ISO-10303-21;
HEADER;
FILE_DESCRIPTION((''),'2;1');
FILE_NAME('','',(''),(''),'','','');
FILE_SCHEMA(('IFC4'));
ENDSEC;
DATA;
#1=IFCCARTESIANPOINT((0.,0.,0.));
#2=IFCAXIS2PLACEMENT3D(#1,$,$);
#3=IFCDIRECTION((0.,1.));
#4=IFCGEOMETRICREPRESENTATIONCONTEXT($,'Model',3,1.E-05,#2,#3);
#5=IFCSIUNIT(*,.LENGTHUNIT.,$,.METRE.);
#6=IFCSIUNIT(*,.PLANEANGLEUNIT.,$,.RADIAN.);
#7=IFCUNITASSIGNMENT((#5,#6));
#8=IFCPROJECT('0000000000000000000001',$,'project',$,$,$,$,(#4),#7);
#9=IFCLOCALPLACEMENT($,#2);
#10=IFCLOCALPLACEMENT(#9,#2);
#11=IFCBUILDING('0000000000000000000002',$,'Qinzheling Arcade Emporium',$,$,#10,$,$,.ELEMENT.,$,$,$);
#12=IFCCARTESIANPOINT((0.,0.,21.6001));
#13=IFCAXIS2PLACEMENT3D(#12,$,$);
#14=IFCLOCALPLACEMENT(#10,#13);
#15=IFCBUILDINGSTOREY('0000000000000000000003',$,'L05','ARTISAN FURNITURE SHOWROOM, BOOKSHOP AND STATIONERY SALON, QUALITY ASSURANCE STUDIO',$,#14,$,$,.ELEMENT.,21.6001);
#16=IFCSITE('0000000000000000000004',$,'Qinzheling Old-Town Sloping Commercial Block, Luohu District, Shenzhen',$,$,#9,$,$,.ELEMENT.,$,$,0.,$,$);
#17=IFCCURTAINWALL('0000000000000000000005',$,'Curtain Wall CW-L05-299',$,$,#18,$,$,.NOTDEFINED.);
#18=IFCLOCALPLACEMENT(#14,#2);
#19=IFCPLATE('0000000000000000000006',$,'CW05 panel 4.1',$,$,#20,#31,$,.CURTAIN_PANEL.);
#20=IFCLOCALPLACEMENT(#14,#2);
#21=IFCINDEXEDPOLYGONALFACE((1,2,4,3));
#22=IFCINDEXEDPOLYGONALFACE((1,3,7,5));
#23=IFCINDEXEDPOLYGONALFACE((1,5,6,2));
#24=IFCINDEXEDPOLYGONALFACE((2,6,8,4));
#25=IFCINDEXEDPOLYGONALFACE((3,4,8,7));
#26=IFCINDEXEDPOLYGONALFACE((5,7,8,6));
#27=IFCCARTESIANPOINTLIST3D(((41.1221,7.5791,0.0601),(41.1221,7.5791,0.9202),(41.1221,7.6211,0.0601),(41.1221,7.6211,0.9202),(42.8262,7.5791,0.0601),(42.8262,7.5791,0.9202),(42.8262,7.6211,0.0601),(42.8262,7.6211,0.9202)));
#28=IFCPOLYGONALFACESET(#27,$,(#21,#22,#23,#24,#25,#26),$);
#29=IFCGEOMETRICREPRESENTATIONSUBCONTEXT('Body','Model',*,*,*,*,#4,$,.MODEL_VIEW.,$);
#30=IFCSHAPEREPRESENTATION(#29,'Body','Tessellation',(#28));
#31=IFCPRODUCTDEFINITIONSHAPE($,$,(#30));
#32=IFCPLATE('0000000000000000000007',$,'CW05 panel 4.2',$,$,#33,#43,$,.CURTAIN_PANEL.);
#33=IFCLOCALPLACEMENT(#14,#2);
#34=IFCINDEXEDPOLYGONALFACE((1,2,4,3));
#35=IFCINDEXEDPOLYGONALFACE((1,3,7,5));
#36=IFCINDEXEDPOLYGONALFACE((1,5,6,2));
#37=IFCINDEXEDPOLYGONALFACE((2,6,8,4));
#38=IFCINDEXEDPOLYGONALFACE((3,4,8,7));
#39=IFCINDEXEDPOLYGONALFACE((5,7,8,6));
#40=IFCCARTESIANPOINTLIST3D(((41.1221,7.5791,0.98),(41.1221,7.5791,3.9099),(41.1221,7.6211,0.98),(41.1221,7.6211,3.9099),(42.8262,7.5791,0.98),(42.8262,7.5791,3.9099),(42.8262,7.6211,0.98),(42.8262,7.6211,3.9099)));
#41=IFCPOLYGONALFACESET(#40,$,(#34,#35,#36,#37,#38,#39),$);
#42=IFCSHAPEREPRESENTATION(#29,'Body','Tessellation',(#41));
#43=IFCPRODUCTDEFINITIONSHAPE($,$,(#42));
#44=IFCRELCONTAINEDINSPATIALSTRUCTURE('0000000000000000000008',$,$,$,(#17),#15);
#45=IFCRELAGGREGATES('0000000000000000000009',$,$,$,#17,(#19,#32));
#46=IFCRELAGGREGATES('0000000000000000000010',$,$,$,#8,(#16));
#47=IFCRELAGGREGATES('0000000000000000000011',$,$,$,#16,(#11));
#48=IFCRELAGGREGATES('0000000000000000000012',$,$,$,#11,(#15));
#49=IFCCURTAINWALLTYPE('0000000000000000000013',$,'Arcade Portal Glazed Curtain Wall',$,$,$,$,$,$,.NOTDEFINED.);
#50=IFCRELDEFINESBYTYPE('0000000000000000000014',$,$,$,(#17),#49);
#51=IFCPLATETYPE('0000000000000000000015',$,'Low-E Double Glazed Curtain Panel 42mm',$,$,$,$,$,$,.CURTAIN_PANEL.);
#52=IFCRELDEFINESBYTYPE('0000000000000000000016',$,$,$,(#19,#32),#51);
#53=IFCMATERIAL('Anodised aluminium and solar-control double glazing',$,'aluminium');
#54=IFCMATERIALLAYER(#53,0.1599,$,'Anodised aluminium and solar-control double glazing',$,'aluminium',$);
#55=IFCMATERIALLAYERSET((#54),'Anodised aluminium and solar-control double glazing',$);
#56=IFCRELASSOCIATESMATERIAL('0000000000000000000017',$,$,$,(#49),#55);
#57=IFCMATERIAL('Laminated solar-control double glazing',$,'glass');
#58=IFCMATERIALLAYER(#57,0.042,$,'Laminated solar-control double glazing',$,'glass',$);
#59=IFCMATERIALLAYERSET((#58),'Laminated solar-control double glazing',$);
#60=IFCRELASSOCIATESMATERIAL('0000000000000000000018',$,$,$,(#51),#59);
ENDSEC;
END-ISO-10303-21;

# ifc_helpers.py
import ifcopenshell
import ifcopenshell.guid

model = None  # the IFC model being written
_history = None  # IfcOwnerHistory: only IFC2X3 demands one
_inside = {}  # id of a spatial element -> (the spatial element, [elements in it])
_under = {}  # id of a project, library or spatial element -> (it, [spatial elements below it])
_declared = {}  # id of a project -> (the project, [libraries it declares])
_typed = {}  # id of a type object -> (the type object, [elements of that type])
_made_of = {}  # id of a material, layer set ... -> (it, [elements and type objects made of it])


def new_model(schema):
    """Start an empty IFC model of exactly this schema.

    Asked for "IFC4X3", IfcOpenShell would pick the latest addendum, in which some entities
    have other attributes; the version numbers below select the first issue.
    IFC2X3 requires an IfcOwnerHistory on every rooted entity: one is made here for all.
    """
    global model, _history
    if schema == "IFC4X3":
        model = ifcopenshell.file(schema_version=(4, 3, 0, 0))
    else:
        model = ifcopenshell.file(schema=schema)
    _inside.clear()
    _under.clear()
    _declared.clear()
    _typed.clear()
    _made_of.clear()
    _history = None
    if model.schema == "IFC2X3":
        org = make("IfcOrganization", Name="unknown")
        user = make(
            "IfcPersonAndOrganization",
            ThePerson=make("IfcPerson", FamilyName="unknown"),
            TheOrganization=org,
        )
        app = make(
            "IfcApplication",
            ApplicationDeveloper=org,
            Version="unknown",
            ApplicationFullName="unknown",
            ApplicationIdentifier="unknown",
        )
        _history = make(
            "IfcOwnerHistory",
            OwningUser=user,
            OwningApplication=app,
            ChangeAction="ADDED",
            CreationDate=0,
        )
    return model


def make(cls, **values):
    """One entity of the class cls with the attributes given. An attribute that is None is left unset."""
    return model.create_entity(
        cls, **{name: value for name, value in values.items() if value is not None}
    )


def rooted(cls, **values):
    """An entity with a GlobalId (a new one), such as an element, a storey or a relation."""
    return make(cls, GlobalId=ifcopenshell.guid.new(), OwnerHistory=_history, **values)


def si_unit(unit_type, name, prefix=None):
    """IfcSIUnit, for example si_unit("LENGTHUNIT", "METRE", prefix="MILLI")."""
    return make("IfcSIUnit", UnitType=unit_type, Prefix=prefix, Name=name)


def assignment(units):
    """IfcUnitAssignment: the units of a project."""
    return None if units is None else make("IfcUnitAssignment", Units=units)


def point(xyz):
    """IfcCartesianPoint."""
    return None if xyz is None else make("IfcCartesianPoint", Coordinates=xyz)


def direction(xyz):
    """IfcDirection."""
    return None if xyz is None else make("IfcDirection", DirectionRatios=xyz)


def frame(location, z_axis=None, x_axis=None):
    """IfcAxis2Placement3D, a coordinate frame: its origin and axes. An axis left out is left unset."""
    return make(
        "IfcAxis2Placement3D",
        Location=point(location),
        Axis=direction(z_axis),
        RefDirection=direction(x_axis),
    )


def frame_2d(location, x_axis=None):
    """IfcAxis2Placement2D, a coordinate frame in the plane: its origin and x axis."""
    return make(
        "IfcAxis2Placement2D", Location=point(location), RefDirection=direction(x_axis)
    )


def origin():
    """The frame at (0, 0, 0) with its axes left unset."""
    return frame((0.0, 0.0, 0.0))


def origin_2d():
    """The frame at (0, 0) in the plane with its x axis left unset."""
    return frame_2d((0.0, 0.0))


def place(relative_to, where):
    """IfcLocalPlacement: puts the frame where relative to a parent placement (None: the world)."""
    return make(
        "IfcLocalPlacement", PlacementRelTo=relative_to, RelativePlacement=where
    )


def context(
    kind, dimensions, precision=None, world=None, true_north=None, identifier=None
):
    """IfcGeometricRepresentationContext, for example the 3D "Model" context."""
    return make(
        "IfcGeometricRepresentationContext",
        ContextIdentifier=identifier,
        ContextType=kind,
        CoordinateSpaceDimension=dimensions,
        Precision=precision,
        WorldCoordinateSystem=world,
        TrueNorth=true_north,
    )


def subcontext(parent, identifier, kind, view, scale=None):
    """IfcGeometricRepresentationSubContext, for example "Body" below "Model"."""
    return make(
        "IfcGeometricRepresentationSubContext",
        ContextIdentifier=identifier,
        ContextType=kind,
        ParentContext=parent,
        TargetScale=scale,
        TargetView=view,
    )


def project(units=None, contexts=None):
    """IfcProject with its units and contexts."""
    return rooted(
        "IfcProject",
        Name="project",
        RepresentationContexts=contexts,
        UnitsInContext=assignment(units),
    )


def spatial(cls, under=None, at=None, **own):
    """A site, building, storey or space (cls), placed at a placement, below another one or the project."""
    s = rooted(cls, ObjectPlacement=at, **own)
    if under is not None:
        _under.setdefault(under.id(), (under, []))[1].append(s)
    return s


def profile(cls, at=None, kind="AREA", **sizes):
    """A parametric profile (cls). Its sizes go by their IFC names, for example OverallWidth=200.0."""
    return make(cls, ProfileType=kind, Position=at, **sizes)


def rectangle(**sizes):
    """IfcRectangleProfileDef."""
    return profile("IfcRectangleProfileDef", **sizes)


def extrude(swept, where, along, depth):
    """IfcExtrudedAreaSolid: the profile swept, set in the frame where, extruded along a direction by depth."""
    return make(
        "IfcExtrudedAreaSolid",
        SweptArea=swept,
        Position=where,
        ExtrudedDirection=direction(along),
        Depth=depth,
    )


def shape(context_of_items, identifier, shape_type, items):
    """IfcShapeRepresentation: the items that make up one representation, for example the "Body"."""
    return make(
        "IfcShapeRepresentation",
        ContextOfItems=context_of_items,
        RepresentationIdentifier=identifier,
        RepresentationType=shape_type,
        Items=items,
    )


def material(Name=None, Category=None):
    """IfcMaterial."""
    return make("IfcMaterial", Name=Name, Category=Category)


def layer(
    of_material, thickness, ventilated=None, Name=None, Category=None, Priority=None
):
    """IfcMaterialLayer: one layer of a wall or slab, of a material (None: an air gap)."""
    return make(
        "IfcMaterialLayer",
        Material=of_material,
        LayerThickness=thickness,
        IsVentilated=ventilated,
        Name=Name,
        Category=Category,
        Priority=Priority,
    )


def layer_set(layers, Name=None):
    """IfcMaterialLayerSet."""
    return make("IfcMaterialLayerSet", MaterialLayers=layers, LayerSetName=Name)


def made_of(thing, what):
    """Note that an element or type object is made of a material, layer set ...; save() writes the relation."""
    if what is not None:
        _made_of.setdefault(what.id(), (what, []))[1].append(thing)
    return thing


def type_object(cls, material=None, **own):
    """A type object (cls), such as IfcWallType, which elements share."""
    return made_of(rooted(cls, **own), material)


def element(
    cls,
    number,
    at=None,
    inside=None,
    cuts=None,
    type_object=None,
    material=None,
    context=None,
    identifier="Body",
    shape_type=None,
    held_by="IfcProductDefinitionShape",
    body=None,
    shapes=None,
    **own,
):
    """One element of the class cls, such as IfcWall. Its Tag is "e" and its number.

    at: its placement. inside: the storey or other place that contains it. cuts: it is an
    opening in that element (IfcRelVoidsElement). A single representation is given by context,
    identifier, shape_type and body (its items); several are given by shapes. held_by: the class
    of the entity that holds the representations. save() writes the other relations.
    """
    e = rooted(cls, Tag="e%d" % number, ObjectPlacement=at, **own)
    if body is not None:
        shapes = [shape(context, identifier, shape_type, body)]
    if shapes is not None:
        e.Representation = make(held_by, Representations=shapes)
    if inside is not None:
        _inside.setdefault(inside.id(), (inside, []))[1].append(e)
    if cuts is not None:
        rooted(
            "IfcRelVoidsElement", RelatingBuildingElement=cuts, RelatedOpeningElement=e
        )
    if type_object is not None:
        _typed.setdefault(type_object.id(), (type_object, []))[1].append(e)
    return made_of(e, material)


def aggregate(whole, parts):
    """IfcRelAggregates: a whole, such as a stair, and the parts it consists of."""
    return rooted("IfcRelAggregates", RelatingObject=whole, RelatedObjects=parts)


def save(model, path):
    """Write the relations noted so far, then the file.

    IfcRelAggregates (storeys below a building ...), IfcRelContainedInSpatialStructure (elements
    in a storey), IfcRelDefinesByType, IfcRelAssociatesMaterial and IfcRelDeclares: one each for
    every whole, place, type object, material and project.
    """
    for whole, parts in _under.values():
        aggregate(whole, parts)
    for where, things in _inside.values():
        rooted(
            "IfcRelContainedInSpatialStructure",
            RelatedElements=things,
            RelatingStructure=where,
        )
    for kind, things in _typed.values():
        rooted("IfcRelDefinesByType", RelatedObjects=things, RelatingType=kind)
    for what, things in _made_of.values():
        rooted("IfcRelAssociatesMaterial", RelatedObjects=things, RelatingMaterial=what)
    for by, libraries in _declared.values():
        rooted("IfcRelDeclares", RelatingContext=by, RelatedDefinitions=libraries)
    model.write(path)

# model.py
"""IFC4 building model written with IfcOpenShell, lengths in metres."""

from ifc_helpers import new_model, si_unit, direction, frame, origin, origin_2d, place, context, subcontext, project, spatial, rectangle, extrude, material, layer, layer_set, type_object, element, aggregate, save


model = new_model("IFC4")

# Units and contexts
model_context = context("Model", 3, precision=1e-05, world=origin(), true_north=direction((0.0, 1.0)))
body_context = subcontext(model_context, "Body", "Model", "MODEL_VIEW")
ifc_project = project(units=[si_unit("LENGTHUNIT", "METRE"), si_unit("PLANEANGLEUNIT", "RADIAN")], contexts=[model_context])

# Site, building, storey
site_placement = place(None, origin())
site = spatial("IfcSite", under=ifc_project, at=site_placement, Name="Qinzheling Old-Town Sloping Commercial Block, Luohu District, Shenzhen", CompositionType="ELEMENT", RefElevation=0.0)
building_placement = place(site_placement, origin())
building = spatial("IfcBuilding", under=site, at=building_placement, Name="Qinzheling Arcade Emporium", CompositionType="ELEMENT")
storey_placement = place(building_placement, frame((0.0, 0.0, 21.6001)))
storey = spatial("IfcBuildingStorey", under=building, at=storey_placement, Name="L05", Description="ARTISAN FURNITURE SHOWROOM, BOOKSHOP AND STATIONERY SALON, QUALITY ASSURANCE STUDIO", CompositionType="ELEMENT", Elevation=21.6001)

# Curtain wall
ifc_material_1 = material(Name="Anodised aluminium and solar-control double glazing", Category="aluminium")
ifc_layer_1 = layer(ifc_material_1, 0.1599, Name="Anodised aluminium and solar-control double glazing", Category="aluminium")
ifc_layer_set_1 = layer_set([ifc_layer_1], Name="Anodised aluminium and solar-control double glazing")
curtain_wall_type = type_object("IfcCurtainWallType", Name="Arcade Portal Glazed Curtain Wall", PredefinedType="NOTDEFINED", material=ifc_layer_set_1)
curtain_wall_1_placement = place(storey_placement, origin())
curtain_wall_1 = element("IfcCurtainWall", 1, at=curtain_wall_1_placement, inside=storey, type_object=curtain_wall_type, Name="Curtain Wall CW-L05-299", PredefinedType="NOTDEFINED")

# Shared definitions
ifc_material_2 = material(Name="Laminated solar-control double glazing", Category="glass")

# Plates
ifc_layer_2 = layer(ifc_material_2, 0.042, Name="Laminated solar-control double glazing", Category="glass")
ifc_layer_set_2 = layer_set([ifc_layer_2], Name="Laminated solar-control double glazing")
plate_type_1 = type_object("IfcPlateType", Name="Low-E Double Glazed Curtain Panel 42mm", PredefinedType="CURTAIN_PANEL", material=ifc_layer_set_2)
plate_1_placement = place(storey_placement, frame((41.9741, 7.6001, 0.0601), z_axis=(0.0, 0.0, 1.0), x_axis=(-1.0, 0.0, 0.0)))
plate_1 = element("IfcPlate", 2, at=plate_1_placement, type_object=plate_type_1, Name="CW05 panel 4.1", PredefinedType="CURTAIN_PANEL", context=body_context, shape_type="SweptSolid", body=[
    extrude(rectangle(XDim=1.7041, YDim=0.042, at=origin_2d()), origin(), (0.0, 0.0, 1.0), 0.8601),
])
plate_2_placement = place(storey_placement, frame((41.9741, 7.6001, 0.98), z_axis=(0.0, 0.0, 1.0), x_axis=(-1.0, 0.0, 0.0)))
plate_2 = element("IfcPlate", 3, at=plate_2_placement, type_object=plate_type_1, Name="CW05 panel 4.2", PredefinedType="CURTAIN_PANEL", context=body_context, shape_type="SweptSolid", body=[
    extrude(rectangle(XDim=1.7041, YDim=0.042, at=origin_2d()), origin(), (0.0, 0.0, 1.0), 2.9299),
])
aggregate(curtain_wall_1, [plate_1, plate_2])

save(model, "model.ifc")
